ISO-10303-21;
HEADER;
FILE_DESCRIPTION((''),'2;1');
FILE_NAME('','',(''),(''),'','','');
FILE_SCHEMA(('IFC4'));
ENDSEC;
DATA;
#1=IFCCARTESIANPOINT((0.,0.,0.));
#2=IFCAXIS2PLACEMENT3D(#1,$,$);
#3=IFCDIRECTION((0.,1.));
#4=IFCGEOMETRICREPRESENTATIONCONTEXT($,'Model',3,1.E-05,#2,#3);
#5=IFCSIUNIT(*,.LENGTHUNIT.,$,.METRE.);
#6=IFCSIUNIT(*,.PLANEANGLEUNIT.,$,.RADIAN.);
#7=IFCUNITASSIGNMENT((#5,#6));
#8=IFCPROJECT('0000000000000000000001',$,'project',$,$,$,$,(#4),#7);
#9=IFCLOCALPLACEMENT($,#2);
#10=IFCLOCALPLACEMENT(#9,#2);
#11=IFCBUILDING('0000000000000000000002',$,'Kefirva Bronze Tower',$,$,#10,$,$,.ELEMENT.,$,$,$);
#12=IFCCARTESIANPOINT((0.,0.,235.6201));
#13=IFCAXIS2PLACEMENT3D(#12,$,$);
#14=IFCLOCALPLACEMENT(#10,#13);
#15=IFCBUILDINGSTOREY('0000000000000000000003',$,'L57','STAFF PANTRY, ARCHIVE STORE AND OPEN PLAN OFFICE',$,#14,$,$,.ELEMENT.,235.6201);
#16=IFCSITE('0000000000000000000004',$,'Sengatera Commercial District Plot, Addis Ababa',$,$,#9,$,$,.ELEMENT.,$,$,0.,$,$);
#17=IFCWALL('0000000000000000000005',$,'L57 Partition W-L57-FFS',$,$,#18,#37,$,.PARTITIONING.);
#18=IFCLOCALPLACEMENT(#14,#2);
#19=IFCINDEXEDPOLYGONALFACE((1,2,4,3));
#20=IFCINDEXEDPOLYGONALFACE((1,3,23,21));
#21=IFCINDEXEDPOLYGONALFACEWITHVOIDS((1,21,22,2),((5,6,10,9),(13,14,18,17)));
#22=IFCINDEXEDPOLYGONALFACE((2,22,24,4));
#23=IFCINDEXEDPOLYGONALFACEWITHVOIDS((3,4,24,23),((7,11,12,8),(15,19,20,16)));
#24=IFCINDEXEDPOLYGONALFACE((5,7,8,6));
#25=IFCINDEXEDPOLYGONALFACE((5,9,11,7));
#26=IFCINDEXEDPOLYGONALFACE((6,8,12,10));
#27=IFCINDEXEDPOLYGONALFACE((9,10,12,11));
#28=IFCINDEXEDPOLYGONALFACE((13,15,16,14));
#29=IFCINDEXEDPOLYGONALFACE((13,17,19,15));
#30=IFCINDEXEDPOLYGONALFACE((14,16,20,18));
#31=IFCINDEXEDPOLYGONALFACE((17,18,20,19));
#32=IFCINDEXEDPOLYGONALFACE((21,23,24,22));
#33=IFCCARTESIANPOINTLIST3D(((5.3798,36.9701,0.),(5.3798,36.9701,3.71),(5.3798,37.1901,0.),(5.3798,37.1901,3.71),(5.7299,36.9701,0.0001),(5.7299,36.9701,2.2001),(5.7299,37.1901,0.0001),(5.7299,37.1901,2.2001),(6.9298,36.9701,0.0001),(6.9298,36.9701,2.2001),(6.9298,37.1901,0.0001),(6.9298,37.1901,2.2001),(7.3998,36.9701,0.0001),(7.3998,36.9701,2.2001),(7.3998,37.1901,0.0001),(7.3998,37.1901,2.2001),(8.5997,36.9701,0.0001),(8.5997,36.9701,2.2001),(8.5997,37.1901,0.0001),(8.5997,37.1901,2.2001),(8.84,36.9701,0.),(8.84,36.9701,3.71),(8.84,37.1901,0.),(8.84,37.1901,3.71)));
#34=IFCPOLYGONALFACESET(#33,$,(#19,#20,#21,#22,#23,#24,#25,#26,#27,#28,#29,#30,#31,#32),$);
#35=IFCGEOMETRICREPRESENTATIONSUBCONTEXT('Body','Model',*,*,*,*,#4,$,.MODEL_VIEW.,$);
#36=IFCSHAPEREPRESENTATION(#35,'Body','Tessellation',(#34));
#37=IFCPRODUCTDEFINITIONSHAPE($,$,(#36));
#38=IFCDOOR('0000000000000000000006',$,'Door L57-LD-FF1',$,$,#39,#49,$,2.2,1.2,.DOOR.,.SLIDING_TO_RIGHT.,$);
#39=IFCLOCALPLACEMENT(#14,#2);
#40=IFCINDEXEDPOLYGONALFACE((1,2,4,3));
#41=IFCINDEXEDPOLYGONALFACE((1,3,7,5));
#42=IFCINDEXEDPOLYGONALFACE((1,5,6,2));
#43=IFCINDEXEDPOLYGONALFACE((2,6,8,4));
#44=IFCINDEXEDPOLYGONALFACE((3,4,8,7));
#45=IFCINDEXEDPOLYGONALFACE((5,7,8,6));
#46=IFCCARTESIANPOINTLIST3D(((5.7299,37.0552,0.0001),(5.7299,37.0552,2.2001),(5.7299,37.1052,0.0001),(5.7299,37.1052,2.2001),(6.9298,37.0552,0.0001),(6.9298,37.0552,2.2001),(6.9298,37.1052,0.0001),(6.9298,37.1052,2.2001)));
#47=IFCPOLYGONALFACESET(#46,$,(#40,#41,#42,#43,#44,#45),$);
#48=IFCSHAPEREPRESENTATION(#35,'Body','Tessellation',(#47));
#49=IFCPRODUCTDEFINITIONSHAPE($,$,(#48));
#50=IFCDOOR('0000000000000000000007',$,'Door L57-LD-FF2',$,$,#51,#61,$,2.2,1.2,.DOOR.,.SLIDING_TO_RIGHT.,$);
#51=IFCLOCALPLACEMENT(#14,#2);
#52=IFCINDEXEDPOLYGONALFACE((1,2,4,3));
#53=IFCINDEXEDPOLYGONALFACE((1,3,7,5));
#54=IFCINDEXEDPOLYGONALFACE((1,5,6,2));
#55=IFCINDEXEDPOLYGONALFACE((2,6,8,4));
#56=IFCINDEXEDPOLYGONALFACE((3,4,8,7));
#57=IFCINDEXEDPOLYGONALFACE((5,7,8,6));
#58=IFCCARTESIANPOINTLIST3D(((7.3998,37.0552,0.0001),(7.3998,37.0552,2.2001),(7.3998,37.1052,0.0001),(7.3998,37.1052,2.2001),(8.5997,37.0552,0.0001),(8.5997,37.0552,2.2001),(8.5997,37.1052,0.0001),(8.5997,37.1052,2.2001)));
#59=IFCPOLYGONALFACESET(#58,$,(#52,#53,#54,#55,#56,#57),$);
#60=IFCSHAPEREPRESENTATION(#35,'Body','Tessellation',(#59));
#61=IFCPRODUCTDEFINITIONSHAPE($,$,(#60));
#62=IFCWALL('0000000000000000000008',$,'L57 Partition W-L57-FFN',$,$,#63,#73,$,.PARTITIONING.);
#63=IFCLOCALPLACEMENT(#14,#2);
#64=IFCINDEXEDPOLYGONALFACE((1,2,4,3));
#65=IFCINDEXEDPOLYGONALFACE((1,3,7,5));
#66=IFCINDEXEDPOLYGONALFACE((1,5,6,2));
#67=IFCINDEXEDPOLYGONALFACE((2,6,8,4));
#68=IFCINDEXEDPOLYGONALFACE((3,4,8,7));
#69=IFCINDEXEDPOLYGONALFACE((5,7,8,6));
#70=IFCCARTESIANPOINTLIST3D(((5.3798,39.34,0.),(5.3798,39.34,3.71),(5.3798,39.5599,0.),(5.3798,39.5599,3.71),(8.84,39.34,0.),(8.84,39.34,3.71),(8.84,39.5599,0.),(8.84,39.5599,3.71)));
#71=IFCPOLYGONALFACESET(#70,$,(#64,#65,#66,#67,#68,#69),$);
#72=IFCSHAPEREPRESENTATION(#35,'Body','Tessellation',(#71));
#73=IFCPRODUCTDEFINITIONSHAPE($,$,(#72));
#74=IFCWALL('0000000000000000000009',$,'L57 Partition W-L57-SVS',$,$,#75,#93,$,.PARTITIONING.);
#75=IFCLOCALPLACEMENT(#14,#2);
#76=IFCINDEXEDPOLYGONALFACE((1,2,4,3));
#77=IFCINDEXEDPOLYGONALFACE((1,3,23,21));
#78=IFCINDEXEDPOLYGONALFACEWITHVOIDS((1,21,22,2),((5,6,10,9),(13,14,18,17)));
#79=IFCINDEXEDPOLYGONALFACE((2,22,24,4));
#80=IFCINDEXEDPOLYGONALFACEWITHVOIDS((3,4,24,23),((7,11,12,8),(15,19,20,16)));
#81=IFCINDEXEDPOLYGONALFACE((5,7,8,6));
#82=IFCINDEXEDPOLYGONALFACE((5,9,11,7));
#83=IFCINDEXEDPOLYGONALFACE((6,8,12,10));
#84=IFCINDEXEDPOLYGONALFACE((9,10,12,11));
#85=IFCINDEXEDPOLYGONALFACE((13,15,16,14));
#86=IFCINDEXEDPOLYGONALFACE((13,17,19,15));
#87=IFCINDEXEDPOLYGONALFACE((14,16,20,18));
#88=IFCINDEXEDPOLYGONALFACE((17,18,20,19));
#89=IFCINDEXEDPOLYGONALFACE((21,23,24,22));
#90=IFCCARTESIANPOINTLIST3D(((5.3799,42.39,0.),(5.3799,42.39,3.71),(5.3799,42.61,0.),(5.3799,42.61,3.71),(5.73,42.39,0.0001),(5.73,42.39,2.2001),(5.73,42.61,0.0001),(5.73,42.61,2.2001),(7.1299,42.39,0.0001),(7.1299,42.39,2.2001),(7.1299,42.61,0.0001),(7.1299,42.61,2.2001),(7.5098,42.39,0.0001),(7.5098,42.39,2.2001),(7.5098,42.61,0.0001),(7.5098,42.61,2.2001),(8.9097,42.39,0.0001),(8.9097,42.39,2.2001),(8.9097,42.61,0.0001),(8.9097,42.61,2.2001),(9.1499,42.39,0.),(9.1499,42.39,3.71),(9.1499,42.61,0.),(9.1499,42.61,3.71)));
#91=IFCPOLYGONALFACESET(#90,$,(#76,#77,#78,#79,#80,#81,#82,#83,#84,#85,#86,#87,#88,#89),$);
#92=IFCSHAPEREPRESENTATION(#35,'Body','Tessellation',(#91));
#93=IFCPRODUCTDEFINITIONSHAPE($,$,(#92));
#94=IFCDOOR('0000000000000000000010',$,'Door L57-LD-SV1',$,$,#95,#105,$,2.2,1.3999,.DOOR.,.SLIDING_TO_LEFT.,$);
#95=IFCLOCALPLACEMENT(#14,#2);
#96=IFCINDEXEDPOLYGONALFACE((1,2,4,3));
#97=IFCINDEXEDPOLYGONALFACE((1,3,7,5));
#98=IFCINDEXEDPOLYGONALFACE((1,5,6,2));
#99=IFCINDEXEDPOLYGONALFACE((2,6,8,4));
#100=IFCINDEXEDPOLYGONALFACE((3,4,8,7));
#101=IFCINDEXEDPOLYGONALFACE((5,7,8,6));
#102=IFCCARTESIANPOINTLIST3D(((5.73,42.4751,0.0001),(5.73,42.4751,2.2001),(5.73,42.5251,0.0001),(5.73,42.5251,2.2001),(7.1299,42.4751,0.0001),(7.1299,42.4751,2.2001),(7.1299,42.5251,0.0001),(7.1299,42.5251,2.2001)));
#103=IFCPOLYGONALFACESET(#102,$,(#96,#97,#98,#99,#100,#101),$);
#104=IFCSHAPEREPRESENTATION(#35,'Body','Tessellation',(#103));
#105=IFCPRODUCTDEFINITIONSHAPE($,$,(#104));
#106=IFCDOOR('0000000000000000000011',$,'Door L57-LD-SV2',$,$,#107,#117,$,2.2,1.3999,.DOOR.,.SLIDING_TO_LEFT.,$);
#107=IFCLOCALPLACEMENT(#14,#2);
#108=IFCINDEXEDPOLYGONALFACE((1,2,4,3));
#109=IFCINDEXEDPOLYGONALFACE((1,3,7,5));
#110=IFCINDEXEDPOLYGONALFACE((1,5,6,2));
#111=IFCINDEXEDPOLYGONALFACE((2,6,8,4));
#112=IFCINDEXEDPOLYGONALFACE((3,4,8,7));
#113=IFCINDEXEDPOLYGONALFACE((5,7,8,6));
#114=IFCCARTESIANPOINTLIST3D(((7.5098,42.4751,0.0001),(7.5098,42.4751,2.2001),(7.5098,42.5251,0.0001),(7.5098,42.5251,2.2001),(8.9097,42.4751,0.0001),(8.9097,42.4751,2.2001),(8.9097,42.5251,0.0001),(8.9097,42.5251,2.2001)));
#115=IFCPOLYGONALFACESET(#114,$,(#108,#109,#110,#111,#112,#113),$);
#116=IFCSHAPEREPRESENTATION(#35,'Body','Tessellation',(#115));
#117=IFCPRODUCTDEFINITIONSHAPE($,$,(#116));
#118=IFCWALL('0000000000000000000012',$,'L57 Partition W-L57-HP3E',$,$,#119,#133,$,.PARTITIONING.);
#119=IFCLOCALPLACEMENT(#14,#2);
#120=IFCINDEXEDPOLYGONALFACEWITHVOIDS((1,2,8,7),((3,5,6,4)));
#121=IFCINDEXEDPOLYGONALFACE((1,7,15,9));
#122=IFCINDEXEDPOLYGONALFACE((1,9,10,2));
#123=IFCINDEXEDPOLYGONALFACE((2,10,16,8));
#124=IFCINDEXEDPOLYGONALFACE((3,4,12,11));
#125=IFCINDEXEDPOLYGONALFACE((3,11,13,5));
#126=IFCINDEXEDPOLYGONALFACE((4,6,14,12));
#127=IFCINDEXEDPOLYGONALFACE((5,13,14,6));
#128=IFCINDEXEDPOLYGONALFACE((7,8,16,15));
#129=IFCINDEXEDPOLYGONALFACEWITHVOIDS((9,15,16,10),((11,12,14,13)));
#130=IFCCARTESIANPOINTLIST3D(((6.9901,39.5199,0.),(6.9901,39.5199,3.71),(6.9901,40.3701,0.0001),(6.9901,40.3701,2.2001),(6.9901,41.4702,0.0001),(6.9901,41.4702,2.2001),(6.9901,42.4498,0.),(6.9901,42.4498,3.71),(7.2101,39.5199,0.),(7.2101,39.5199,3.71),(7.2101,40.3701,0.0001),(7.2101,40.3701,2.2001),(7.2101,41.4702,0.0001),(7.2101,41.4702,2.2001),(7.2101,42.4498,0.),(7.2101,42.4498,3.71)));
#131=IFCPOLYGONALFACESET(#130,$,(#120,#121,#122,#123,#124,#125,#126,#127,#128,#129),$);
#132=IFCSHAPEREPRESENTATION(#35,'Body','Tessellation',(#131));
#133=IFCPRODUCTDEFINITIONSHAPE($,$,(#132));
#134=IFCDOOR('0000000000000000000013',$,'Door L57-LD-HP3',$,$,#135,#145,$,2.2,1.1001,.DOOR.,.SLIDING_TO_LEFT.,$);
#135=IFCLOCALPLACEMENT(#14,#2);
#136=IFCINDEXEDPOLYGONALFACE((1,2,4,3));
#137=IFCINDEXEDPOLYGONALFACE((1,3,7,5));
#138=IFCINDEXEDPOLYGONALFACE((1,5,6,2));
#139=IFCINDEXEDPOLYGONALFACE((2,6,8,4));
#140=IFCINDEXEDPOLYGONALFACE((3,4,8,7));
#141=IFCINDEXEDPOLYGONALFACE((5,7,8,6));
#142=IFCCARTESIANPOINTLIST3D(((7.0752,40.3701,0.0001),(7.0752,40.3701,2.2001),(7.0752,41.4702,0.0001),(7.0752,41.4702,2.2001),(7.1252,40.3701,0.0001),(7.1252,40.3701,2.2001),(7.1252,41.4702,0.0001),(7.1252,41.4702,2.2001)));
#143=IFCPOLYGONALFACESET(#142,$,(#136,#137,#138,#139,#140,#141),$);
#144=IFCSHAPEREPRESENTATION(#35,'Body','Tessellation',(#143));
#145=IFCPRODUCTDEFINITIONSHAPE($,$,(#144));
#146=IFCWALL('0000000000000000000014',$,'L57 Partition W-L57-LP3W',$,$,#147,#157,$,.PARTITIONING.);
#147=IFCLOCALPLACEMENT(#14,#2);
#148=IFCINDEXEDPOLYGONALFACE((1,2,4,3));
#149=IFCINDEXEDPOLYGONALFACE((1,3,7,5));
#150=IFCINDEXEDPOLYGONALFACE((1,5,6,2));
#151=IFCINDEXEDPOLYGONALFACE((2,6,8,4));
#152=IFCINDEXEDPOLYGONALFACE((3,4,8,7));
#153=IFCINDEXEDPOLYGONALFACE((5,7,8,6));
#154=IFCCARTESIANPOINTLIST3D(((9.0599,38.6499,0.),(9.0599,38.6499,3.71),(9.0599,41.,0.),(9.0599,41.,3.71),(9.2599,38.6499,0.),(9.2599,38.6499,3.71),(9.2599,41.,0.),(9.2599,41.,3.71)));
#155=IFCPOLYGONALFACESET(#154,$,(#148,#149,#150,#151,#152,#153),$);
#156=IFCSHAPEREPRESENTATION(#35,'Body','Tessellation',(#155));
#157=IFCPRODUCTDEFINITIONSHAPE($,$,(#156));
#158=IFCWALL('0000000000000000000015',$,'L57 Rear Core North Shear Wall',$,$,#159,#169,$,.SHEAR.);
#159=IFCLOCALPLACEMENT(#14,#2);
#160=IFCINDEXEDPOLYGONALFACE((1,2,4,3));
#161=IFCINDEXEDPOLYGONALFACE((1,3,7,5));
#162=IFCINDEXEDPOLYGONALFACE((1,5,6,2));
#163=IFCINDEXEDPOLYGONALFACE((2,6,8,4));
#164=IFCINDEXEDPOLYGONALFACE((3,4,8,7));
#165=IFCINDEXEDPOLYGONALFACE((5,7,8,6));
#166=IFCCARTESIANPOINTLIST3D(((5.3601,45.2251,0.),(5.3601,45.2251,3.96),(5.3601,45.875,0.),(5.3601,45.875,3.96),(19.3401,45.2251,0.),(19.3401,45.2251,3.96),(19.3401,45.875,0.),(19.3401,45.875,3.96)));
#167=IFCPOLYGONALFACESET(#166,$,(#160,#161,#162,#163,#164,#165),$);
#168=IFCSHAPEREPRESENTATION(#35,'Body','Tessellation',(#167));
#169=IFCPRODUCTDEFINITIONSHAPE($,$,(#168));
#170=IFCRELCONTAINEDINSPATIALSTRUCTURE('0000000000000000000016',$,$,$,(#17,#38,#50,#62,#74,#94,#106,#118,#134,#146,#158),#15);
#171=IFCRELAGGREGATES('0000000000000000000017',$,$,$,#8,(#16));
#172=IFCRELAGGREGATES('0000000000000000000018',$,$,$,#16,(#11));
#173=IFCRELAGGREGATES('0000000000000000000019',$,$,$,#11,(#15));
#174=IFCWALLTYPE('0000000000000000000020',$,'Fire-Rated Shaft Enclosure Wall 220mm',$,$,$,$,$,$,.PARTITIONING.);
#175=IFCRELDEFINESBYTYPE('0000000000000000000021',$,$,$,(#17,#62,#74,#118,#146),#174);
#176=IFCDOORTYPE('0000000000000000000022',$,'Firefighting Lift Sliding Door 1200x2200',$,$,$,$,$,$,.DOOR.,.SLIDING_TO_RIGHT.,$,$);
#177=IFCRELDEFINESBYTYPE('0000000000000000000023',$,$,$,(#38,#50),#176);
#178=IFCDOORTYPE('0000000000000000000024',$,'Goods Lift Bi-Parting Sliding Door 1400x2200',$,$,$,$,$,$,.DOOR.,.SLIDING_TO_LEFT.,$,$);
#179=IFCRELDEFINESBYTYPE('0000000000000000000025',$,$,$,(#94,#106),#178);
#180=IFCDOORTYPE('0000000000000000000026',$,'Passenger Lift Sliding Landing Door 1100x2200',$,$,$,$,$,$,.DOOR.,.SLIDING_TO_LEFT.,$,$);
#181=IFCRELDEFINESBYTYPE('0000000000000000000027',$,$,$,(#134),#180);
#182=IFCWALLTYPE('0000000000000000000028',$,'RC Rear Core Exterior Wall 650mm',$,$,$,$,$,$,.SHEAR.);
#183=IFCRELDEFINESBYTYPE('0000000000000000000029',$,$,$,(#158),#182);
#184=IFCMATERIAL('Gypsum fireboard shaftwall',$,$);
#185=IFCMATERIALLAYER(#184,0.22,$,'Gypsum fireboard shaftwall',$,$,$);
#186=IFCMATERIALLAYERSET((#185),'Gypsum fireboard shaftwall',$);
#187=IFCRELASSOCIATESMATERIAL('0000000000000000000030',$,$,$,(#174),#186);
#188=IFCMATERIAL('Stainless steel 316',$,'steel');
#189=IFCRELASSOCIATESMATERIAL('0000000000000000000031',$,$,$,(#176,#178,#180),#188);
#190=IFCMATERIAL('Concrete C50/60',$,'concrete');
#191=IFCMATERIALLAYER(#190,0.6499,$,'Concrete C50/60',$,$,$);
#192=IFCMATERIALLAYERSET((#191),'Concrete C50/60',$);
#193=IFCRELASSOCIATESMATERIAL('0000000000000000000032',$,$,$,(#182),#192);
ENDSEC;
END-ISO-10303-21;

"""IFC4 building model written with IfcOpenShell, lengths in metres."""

from ifc_helpers import new_model, si_unit, direction, frame, frame_2d, origin, place, context, subcontext, project, spatial, rectangle, extrude, material, layer, layer_set, type_object, element, fill, save


model = new_model("IFC4")

# Units and contexts
model_context = context("Model", 3, precision=1e-05, world=origin(), true_north=direction((0.0, 1.0)))
body_context = subcontext(model_context, "Body", "Model", "MODEL_VIEW")
ifc_project = project(units=[si_unit("LENGTHUNIT", "METRE"), si_unit("PLANEANGLEUNIT", "RADIAN")], contexts=[model_context])

# Site, building, storey
site_placement = place(None, origin())
site = spatial("IfcSite", under=ifc_project, at=site_placement, Name="Sengatera Commercial District Plot, Addis Ababa", CompositionType="ELEMENT", RefElevation=0.0)
building_placement = place(site_placement, origin())
building = spatial("IfcBuilding", under=site, at=building_placement, Name="Kefirva Bronze Tower", CompositionType="ELEMENT")
storey_placement = place(building_placement, frame((0.0, 0.0, 235.6201)))
storey = spatial("IfcBuildingStorey", under=building, at=storey_placement, Name="L57", Description="STAFF PANTRY, ARCHIVE STORE AND OPEN PLAN OFFICE", CompositionType="ELEMENT", Elevation=235.6201)

# Wall, openings, doors
ifc_material_1 = material(Name="Gypsum fireboard shaftwall")
ifc_layer_1 = layer(ifc_material_1, 0.22, Name="Gypsum fireboard shaftwall")
ifc_layer_set_1 = layer_set([ifc_layer_1], Name="Gypsum fireboard shaftwall")
wall_type_1 = type_object("IfcWallType", Name="Fire-Rated Shaft Enclosure Wall 220mm", PredefinedType="PARTITIONING", material=ifc_layer_set_1)
wall_1_placement = place(storey_placement, frame((5.3799, 37.0801, 0.0), z_axis=(0.0, 0.0, 1.0), x_axis=(1.0, 0.0, 0.0)))
wall_1 = element("IfcWall", 1, at=wall_1_placement, inside=storey, type_object=wall_type_1, Name="L57 Partition W-L57-FFS", PredefinedType="PARTITIONING", context=body_context, shape_type="SweptSolid", body=[
    extrude(rectangle(XDim=3.4602, YDim=0.22, at=frame_2d((1.73, 0.0))), origin(), (0.0, 0.0, 1.0), 3.71),
])
opening_1_placement = place(wall_1_placement, frame((1.55, 0.0, 0.0), z_axis=(0.0, 0.0, 1.0), x_axis=(-1.0, 0.0, 0.0)))
opening_1 = element("IfcOpeningElement", 2, at=opening_1_placement, cuts=wall_1, PredefinedType="OPENING", context=body_context, shape_type="SweptSolid", body=[
    extrude(rectangle(XDim=1.2, YDim=2.2, at=frame_2d((0.6001, 1.1001))), frame((0.0, 0.1201, 0.0), z_axis=(0.0, -1.0, 0.0), x_axis=(1.0, 0.0, 0.0)), (0.0, 0.0, 1.0), 0.24),
])
opening_2_placement = place(wall_1_placement, frame((3.22, 0.0, 0.0), z_axis=(0.0, 0.0, 1.0), x_axis=(-1.0, 0.0, 0.0)))
opening_2 = element("IfcOpeningElement", 3, at=opening_2_placement, cuts=wall_1, PredefinedType="OPENING", context=body_context, shape_type="SweptSolid", body=[
    extrude(rectangle(XDim=1.2, YDim=2.2, at=frame_2d((0.6001, 1.1001))), frame((0.0, 0.1201, 0.0), z_axis=(0.0, -1.0, 0.0), x_axis=(1.0, 0.0, 0.0)), (0.0, 0.0, 1.0), 0.24),
])
ifc_material_2 = material(Name="Stainless steel 316", Category="steel")
door_type_1 = type_object("IfcDoorType", Name="Firefighting Lift Sliding Door 1200x2200", OperationType="SLIDING_TO_RIGHT", PredefinedType="DOOR", material=ifc_material_2)
door_1_placement = place(opening_1_placement, origin())
door_1 = element("IfcDoor", 4, at=door_1_placement, inside=storey, type_object=door_type_1, Name="Door L57-LD-FF1", OperationType="SLIDING_TO_RIGHT", OverallHeight=2.2, OverallWidth=1.2, PredefinedType="DOOR", context=body_context, shape_type="SweptSolid", body=[
    extrude(rectangle(XDim=1.2, YDim=2.2, at=frame_2d((0.6001, 1.1001))), frame((0.0, 0.0249, 0.0), z_axis=(0.0, -1.0, 0.0), x_axis=(1.0, 0.0, 0.0)), (0.0, 0.0, 1.0), 0.05),
])
fill(opening_1, door_1)
door_2_placement = place(opening_2_placement, origin())
door_2 = element("IfcDoor", 5, at=door_2_placement, inside=storey, type_object=door_type_1, Name="Door L57-LD-FF2", OperationType="SLIDING_TO_RIGHT", OverallHeight=2.2, OverallWidth=1.2, PredefinedType="DOOR", context=body_context, shape_type="SweptSolid", body=[
    extrude(rectangle(XDim=1.2, YDim=2.2, at=frame_2d((0.6001, 1.1001))), frame((0.0, 0.0249, 0.0), z_axis=(0.0, -1.0, 0.0), x_axis=(1.0, 0.0, 0.0)), (0.0, 0.0, 1.0), 0.05),
])
fill(opening_2, door_2)

# Wall
wall_2_placement = place(storey_placement, frame((5.3799, 39.45, 0.0), z_axis=(0.0, 0.0, 1.0), x_axis=(1.0, 0.0, 0.0)))
element("IfcWall", 6, at=wall_2_placement, inside=storey, type_object=wall_type_1, Name="L57 Partition W-L57-FFN", PredefinedType="PARTITIONING", context=body_context, shape_type="SweptSolid", body=[
    extrude(rectangle(XDim=3.4602, YDim=0.22, at=frame_2d((1.73, 0.0))), origin(), (0.0, 0.0, 1.0), 3.71),
])

# Wall, openings, doors
wall_3_placement = place(storey_placement, frame((5.3799, 42.5, 0.0), z_axis=(0.0, 0.0, 1.0), x_axis=(1.0, 0.0, 0.0)))
wall_3 = element("IfcWall", 7, at=wall_3_placement, inside=storey, type_object=wall_type_1, Name="L57 Partition W-L57-SVS", PredefinedType="PARTITIONING", context=body_context, shape_type="SweptSolid", body=[
    extrude(rectangle(XDim=3.77, YDim=0.22, at=frame_2d((1.885, 0.0))), origin(), (0.0, 0.0, 1.0), 3.71),
])
opening_3_placement = place(wall_3_placement, frame((1.75, 0.0, 0.0), z_axis=(0.0, 0.0, 1.0), x_axis=(-1.0, 0.0, 0.0)))
opening_3 = element("IfcOpeningElement", 8, at=opening_3_placement, cuts=wall_3, PredefinedType="OPENING", context=body_context, shape_type="SweptSolid", body=[
    extrude(rectangle(XDim=1.3999, YDim=2.2, at=frame_2d((0.7, 1.1001))), frame((0.0, 0.1201, 0.0), z_axis=(0.0, -1.0, 0.0), x_axis=(1.0, 0.0, 0.0)), (0.0, 0.0, 1.0), 0.24),
])
opening_4_placement = place(wall_3_placement, frame((3.5298, 0.0, 0.0), z_axis=(0.0, 0.0, 1.0), x_axis=(-1.0, 0.0, 0.0)))
opening_4 = element("IfcOpeningElement", 9, at=opening_4_placement, cuts=wall_3, PredefinedType="OPENING", context=body_context, shape_type="SweptSolid", body=[
    extrude(rectangle(XDim=1.3999, YDim=2.2, at=frame_2d((0.7, 1.1001))), frame((0.0, 0.1201, 0.0), z_axis=(0.0, -1.0, 0.0), x_axis=(1.0, 0.0, 0.0)), (0.0, 0.0, 1.0), 0.24),
])
door_type_2 = type_object("IfcDoorType", Name="Goods Lift Bi-Parting Sliding Door 1400x2200", OperationType="SLIDING_TO_LEFT", PredefinedType="DOOR", material=ifc_material_2)
door_3_placement = place(opening_3_placement, origin())
door_3 = element("IfcDoor", 10, at=door_3_placement, inside=storey, type_object=door_type_2, Name="Door L57-LD-SV1", OperationType="SLIDING_TO_LEFT", OverallHeight=2.2, OverallWidth=1.3999, PredefinedType="DOOR", context=body_context, shape_type="SweptSolid", body=[
    extrude(rectangle(XDim=1.3999, YDim=2.2, at=frame_2d((0.7, 1.1001))), frame((0.0, 0.0249, 0.0), z_axis=(0.0, -1.0, 0.0), x_axis=(1.0, 0.0, 0.0)), (0.0, 0.0, 1.0), 0.05),
])
fill(opening_3, door_3)
door_4_placement = place(opening_4_placement, origin())
door_4 = element("IfcDoor", 11, at=door_4_placement, inside=storey, type_object=door_type_2, Name="Door L57-LD-SV2", OperationType="SLIDING_TO_LEFT", OverallHeight=2.2, OverallWidth=1.3999, PredefinedType="DOOR", context=body_context, shape_type="SweptSolid", body=[
    extrude(rectangle(XDim=1.3999, YDim=2.2, at=frame_2d((0.7, 1.1001))), frame((0.0, 0.0249, 0.0), z_axis=(0.0, -1.0, 0.0), x_axis=(1.0, 0.0, 0.0)), (0.0, 0.0, 1.0), 0.05),
])
fill(opening_4, door_4)

# Wall, opening, door
wall_4_placement = place(storey_placement, frame((7.1001, 39.52, 0.0), z_axis=(0.0, 0.0, 1.0), x_axis=(0.0, 1.0, 0.0)))
wall_4 = element("IfcWall", 12, at=wall_4_placement, inside=storey, type_object=wall_type_1, Name="L57 Partition W-L57-HP3E", PredefinedType="PARTITIONING", context=body_context, shape_type="SweptSolid", body=[
    extrude(rectangle(XDim=2.9299, YDim=0.22, at=frame_2d((1.4648, 0.0))), origin(), (0.0, 0.0, 1.0), 3.71),
])
opening_5_placement = place(wall_4_placement, frame((0.8501, 0.0, 0.0)))
opening_5 = element("IfcOpeningElement", 13, at=opening_5_placement, cuts=wall_4, PredefinedType="OPENING", context=body_context, shape_type="SweptSolid", body=[
    extrude(rectangle(XDim=1.1001, YDim=2.2, at=frame_2d((0.55, 1.1001))), frame((0.0, 0.1201, 0.0), z_axis=(0.0, -1.0, 0.0), x_axis=(1.0, 0.0, 0.0)), (0.0, 0.0, 1.0), 0.24),
])
door_type_3 = type_object("IfcDoorType", Name="Passenger Lift Sliding Landing Door 1100x2200", OperationType="SLIDING_TO_LEFT", PredefinedType="DOOR", material=ifc_material_2)
door_5_placement = place(opening_5_placement, origin())
door_5 = element("IfcDoor", 14, at=door_5_placement, inside=storey, type_object=door_type_3, Name="Door L57-LD-HP3", OperationType="SLIDING_TO_LEFT", OverallHeight=2.2, OverallWidth=1.1001, PredefinedType="DOOR", context=body_context, shape_type="SweptSolid", body=[
    extrude(rectangle(XDim=1.1001, YDim=2.2, at=frame_2d((0.55, 1.1001))), frame((0.0, 0.0249, 0.0), z_axis=(0.0, -1.0, 0.0), x_axis=(1.0, 0.0, 0.0)), (0.0, 0.0, 1.0), 0.05),
])
fill(opening_5, door_5)

# Walls
wall_5_placement = place(storey_placement, frame((9.1599, 38.6499, 0.0), z_axis=(0.0, 0.0, 1.0), x_axis=(0.0, 1.0, 0.0)))
element("IfcWall", 15, at=wall_5_placement, inside=storey, type_object=wall_type_1, Name="L57 Partition W-L57-LP3W", PredefinedType="PARTITIONING", context=body_context, shape_type="SweptSolid", body=[
    extrude(rectangle(XDim=2.3501, YDim=0.2, at=frame_2d((1.175, 0.0))), origin(), (0.0, 0.0, 1.0), 3.71),
])
ifc_material_3 = material(Name="Concrete C50/60", Category="concrete")
ifc_layer_2 = layer(ifc_material_3, 0.6499, Name="Concrete C50/60")
ifc_layer_set_2 = layer_set([ifc_layer_2], Name="Concrete C50/60")
wall_type_2 = type_object("IfcWallType", Name="RC Rear Core Exterior Wall 650mm", PredefinedType="SHEAR", material=ifc_layer_set_2)
wall_6_placement = place(storey_placement, frame((5.3601, 45.55, 0.0), z_axis=(0.0, 0.0, 1.0), x_axis=(1.0, 0.0, 0.0)))
element("IfcWall", 16, at=wall_6_placement, inside=storey, type_object=wall_type_2, Name="L57 Rear Core North Shear Wall", PredefinedType="SHEAR", context=body_context, shape_type="SweptSolid", body=[
    extrude(rectangle(XDim=13.98, YDim=0.6499, at=frame_2d((6.99, 0.0))), origin(), (0.0, 0.0, 1.0), 3.96),
])

save(model, "model.ifc")
